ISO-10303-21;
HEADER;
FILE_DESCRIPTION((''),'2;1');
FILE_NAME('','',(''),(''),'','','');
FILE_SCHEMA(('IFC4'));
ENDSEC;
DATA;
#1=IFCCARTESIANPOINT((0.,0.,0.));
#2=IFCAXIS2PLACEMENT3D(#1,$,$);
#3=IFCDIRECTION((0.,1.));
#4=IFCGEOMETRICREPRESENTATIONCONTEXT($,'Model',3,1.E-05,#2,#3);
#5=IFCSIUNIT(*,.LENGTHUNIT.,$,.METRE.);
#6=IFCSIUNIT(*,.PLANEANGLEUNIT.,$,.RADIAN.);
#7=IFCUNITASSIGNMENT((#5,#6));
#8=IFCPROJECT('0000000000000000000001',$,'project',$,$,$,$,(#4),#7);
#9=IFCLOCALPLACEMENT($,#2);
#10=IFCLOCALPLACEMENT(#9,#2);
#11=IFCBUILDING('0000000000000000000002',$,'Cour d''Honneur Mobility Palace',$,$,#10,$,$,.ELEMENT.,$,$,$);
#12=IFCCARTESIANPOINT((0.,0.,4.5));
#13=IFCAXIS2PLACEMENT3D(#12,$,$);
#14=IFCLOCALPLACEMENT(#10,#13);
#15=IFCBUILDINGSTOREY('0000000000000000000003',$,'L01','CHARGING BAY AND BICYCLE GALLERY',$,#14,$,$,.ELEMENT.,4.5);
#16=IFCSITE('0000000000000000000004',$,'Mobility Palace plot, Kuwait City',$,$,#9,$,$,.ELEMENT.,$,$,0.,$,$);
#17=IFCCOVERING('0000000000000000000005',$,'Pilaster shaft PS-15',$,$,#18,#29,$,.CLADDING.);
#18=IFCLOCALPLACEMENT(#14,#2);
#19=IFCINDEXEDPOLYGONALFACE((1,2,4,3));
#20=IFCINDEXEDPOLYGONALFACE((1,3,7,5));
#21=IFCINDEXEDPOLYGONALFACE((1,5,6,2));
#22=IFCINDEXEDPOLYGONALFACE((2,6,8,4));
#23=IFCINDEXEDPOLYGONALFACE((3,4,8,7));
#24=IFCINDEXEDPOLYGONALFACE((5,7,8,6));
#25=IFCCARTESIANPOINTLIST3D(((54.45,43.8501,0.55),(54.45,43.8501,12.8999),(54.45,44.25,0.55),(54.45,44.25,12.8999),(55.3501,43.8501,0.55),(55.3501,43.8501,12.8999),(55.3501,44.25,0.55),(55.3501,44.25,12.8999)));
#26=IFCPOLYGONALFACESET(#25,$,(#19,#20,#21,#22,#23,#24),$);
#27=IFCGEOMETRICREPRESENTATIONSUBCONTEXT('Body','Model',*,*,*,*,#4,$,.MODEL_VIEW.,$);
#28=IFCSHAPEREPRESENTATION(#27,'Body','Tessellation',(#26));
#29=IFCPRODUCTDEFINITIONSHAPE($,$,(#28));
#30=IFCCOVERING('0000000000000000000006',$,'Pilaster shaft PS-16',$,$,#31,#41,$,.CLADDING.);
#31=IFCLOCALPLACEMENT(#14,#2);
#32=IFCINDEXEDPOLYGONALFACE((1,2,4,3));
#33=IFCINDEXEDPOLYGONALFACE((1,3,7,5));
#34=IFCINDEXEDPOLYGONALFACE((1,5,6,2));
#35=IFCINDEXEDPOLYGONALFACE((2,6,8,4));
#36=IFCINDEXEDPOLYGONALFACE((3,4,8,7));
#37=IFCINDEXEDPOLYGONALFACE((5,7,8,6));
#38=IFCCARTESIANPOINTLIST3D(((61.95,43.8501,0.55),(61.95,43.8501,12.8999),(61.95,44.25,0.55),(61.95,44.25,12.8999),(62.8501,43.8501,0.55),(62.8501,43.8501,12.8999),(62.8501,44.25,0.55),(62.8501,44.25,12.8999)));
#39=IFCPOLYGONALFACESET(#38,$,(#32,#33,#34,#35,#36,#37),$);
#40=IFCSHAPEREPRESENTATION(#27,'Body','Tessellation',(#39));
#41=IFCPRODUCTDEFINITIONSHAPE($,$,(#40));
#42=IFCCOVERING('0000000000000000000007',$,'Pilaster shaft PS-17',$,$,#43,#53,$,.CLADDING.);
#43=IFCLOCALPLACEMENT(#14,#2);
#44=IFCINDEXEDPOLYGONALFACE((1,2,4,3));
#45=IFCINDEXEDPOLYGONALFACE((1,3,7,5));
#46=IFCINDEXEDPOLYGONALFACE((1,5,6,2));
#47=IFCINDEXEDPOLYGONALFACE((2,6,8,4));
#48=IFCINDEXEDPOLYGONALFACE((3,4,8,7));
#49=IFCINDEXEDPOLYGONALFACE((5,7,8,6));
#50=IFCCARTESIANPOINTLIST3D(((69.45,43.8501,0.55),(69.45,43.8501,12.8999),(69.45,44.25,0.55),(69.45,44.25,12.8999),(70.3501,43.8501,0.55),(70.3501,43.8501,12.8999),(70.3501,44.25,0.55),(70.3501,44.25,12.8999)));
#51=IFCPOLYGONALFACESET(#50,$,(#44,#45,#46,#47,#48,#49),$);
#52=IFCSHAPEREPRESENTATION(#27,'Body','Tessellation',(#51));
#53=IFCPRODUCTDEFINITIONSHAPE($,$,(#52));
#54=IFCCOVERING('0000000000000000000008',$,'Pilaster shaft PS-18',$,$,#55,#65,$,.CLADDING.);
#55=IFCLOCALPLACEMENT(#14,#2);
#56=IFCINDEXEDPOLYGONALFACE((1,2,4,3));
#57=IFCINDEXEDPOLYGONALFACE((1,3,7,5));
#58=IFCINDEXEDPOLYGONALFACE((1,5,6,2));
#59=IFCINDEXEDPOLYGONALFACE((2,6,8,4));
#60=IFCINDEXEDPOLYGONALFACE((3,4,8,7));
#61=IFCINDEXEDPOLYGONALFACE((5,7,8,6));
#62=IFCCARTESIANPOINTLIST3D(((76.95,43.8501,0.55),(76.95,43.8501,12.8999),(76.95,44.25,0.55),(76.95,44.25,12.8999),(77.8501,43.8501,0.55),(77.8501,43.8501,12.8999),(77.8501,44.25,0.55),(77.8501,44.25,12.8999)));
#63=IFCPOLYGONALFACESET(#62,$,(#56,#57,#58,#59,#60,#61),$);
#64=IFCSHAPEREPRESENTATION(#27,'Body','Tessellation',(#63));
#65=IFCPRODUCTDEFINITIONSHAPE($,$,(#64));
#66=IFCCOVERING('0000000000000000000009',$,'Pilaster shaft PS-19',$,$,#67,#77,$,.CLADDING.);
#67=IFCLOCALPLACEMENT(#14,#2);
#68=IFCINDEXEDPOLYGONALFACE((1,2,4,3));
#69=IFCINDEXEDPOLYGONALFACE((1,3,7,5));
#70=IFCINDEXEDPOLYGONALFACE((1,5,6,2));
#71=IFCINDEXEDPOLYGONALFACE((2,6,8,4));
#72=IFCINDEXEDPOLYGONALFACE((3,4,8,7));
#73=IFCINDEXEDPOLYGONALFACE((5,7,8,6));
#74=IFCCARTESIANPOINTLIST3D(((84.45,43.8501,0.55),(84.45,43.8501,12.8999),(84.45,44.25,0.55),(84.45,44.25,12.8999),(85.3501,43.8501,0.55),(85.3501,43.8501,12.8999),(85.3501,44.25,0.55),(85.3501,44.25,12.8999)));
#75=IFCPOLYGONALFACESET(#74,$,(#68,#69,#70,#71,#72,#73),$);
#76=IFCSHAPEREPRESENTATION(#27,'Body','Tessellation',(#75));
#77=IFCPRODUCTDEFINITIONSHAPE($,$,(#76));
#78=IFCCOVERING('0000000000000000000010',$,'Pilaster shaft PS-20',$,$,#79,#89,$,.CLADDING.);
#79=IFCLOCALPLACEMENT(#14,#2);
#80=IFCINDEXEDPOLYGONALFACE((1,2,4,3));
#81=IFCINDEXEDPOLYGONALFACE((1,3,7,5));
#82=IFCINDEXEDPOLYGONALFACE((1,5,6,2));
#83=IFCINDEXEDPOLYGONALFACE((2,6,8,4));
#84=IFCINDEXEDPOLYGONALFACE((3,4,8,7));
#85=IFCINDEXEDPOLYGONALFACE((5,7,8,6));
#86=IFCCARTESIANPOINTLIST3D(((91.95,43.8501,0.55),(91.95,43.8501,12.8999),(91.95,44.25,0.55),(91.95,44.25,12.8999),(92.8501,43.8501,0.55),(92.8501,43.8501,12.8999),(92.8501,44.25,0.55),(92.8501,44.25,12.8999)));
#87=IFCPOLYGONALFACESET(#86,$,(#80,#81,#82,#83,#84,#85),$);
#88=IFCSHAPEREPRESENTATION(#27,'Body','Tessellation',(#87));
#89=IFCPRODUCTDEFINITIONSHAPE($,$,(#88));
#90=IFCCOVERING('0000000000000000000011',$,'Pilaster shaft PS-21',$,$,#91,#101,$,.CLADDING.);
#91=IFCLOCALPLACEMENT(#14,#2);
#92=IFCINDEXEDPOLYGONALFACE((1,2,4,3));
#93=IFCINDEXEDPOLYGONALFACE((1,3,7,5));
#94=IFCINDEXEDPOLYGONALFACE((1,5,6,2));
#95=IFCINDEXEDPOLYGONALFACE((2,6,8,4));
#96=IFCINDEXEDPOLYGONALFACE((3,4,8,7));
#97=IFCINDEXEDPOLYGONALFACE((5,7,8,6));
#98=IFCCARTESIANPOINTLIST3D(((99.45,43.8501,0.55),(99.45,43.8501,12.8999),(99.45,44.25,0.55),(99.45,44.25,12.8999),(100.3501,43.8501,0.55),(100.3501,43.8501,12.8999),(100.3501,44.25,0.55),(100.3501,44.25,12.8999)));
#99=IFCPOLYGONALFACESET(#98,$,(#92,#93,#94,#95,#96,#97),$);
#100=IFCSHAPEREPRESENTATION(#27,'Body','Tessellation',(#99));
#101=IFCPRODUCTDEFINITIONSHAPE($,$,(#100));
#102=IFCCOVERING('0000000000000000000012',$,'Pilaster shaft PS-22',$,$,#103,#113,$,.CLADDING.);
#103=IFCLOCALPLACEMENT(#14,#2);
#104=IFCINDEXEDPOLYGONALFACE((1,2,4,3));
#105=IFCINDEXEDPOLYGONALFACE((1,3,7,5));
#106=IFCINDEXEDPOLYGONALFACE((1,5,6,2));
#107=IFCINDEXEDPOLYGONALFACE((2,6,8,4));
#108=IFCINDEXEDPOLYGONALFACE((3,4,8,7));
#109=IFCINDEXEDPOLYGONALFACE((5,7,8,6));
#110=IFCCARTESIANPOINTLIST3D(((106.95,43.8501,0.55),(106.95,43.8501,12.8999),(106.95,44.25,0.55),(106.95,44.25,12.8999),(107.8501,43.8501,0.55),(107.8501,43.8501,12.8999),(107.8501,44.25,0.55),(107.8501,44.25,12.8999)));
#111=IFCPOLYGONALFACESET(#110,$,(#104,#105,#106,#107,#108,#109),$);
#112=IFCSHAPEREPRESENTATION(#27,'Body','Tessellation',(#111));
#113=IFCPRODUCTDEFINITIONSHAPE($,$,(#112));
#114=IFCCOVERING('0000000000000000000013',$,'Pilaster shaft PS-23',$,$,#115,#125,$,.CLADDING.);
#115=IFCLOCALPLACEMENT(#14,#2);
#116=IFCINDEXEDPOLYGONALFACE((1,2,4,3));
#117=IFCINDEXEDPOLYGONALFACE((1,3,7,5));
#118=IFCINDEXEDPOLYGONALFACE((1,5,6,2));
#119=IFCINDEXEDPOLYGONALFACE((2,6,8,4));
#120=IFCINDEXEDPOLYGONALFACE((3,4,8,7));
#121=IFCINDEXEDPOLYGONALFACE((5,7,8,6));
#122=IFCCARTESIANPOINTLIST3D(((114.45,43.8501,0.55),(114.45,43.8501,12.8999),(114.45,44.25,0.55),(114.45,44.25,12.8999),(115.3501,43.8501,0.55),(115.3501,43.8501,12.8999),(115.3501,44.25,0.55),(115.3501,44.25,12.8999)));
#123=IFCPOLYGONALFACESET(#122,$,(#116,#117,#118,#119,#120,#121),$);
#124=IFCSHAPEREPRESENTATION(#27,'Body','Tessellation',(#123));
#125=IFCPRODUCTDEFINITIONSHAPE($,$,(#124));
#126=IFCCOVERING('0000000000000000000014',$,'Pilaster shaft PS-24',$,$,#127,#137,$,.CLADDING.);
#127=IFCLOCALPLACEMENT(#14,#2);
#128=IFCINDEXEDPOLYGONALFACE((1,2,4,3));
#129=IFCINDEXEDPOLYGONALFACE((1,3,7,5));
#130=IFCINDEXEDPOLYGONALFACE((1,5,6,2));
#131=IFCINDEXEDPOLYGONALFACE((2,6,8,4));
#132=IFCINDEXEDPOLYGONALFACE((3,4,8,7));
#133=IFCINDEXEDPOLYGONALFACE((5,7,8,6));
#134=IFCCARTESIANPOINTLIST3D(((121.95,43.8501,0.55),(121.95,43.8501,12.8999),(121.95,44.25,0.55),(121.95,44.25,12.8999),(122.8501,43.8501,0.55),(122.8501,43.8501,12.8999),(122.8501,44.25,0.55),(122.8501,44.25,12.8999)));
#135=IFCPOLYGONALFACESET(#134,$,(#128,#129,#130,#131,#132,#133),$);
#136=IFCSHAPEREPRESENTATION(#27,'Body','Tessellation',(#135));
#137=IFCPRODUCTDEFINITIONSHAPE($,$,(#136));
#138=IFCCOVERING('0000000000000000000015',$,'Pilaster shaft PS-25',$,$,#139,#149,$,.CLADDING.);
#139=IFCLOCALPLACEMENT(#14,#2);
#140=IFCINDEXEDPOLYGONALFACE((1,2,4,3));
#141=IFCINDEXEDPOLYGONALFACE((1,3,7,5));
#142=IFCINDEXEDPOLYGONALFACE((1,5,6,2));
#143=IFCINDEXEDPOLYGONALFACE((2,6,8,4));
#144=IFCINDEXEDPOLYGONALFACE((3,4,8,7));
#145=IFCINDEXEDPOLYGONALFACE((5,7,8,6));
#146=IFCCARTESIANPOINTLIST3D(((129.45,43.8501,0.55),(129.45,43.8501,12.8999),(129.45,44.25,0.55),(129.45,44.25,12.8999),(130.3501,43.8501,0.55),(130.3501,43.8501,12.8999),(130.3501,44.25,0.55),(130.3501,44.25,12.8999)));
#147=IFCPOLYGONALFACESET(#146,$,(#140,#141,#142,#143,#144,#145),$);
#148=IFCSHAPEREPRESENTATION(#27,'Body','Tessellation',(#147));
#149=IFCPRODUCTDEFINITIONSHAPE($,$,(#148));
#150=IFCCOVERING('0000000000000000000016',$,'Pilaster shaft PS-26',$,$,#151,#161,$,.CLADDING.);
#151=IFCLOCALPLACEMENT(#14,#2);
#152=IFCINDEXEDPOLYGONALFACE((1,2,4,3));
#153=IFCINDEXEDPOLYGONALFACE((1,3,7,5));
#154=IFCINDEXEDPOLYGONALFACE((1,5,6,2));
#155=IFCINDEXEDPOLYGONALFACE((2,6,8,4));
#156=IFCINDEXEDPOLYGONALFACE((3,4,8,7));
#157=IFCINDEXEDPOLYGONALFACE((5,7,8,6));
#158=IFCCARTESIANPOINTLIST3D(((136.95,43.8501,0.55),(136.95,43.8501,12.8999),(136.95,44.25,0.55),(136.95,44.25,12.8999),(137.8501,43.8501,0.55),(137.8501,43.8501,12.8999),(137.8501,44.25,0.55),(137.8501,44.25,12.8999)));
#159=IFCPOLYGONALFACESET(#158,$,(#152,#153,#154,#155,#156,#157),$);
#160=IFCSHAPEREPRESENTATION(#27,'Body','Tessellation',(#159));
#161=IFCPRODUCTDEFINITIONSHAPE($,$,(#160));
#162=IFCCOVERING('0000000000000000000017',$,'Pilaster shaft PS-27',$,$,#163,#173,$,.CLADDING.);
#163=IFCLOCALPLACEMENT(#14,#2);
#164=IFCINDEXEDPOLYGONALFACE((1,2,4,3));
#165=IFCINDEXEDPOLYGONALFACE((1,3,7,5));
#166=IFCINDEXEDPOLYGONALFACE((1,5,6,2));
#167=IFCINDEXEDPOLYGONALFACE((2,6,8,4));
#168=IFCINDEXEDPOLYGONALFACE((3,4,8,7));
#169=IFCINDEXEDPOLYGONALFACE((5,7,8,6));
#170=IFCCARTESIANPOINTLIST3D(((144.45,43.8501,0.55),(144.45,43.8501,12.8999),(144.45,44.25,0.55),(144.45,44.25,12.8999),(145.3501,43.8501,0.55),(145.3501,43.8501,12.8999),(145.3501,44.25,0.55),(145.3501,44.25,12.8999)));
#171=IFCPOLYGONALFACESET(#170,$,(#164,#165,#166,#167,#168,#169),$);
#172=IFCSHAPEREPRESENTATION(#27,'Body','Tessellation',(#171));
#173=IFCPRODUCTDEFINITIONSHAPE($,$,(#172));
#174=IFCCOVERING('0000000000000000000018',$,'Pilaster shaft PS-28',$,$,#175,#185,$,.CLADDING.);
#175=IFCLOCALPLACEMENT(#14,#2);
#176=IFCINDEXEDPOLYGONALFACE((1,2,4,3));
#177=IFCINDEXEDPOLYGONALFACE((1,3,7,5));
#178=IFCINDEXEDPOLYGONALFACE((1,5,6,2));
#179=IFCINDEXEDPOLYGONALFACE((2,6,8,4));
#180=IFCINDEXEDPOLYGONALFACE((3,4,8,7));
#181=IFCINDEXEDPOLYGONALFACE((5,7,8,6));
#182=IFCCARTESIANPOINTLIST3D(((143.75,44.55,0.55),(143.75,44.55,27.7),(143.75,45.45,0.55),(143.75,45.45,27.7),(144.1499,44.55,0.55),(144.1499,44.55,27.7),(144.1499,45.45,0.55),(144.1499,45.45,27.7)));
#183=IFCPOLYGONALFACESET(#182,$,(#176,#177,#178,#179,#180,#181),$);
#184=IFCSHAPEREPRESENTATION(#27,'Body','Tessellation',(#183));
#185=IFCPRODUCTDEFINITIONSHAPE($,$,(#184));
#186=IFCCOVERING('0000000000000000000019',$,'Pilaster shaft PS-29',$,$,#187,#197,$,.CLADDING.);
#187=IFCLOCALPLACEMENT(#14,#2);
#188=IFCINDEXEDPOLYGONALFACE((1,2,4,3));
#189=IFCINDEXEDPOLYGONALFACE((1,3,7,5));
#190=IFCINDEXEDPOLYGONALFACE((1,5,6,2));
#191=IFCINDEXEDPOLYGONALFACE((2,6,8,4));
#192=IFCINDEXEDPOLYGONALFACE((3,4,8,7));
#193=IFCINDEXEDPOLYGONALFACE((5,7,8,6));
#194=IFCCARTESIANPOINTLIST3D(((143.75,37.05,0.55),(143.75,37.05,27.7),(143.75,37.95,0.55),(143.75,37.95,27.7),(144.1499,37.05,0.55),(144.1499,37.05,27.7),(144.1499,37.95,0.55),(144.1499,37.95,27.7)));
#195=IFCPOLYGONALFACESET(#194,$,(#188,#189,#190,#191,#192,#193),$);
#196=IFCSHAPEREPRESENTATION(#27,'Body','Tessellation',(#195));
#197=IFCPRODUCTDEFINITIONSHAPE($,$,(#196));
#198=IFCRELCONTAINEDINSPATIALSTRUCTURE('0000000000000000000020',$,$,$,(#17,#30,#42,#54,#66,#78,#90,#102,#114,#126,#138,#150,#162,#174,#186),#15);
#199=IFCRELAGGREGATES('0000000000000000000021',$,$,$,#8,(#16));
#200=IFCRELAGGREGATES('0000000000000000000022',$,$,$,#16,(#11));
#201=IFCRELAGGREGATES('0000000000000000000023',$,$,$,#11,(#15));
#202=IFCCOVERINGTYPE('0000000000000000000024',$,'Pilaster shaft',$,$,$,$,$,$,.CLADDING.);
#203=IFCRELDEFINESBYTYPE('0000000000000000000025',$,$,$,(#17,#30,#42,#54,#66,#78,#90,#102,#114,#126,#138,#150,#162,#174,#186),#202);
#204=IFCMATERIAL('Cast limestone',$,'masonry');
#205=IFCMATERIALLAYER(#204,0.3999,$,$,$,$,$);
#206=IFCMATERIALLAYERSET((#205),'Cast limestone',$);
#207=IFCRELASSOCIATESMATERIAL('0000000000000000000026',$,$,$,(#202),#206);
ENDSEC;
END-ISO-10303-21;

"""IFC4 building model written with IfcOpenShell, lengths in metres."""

from ifc_helpers import new_model, si_unit, direction, frame, origin, place, context, subcontext, project, spatial, polyline, outline, extrude, material, layer, layer_set, type_object, element, save


model = new_model("IFC4")

# Units and contexts
model_context = context("Model", 3, precision=1e-05, world=origin(), true_north=direction((0.0, 1.0)))
body_context = subcontext(model_context, "Body", "Model", "MODEL_VIEW")
ifc_project = project(units=[si_unit("LENGTHUNIT", "METRE"), si_unit("PLANEANGLEUNIT", "RADIAN")], contexts=[model_context])

# Site, building, storey
site_placement = place(None, origin())
site = spatial("IfcSite", under=ifc_project, at=site_placement, Name="Mobility Palace plot, Kuwait City", CompositionType="ELEMENT", RefElevation=0.0)
building_placement = place(site_placement, origin())
building = spatial("IfcBuilding", under=site, at=building_placement, Name="Cour d'Honneur Mobility Palace", CompositionType="ELEMENT")
storey_placement = place(building_placement, frame((0.0, 0.0, 4.5)))
storey = spatial("IfcBuildingStorey", under=building, at=storey_placement, Name="L01", Description="CHARGING BAY AND BICYCLE GALLERY", CompositionType="ELEMENT", Elevation=4.5)

# Coverings
ifc_material = material(Name="Cast limestone", Category="masonry")
ifc_layer = layer(ifc_material, 0.3999)
ifc_layer_set = layer_set([ifc_layer], Name="Cast limestone")
covering_type = type_object("IfcCoveringType", Name="Pilaster shaft", PredefinedType="CLADDING", material=ifc_layer_set)
covering_1_placement = place(storey_placement, frame((0.0, 0.0, 0.55)))
element("IfcCovering", 1, at=covering_1_placement, inside=storey, type_object=covering_type, Name="Pilaster shaft PS-15", PredefinedType="CLADDING", context=body_context, shape_type="SweptSolid", body=[
    extrude(outline(polyline([(54.45, 44.25), (55.3501, 44.25), (55.3501, 43.8501), (54.45, 43.8501), (54.45, 44.25)])), origin(), (0.0, 0.0, 1.0), 12.3499),
])
covering_2_placement = place(storey_placement, frame((0.0, 0.0, 0.55)))
element("IfcCovering", 2, at=covering_2_placement, inside=storey, type_object=covering_type, Name="Pilaster shaft PS-16", PredefinedType="CLADDING", context=body_context, shape_type="SweptSolid", body=[
    extrude(outline(polyline([(61.95, 44.25), (62.8501, 44.25), (62.8501, 43.8501), (61.95, 43.8501), (61.95, 44.25)])), origin(), (0.0, 0.0, 1.0), 12.3499),
])
covering_3_placement = place(storey_placement, frame((0.0, 0.0, 0.55)))
element("IfcCovering", 3, at=covering_3_placement, inside=storey, type_object=covering_type, Name="Pilaster shaft PS-17", PredefinedType="CLADDING", context=body_context, shape_type="SweptSolid", body=[
    extrude(outline(polyline([(69.45, 44.25), (70.3501, 44.25), (70.3501, 43.8501), (69.45, 43.8501), (69.45, 44.25)])), origin(), (0.0, 0.0, 1.0), 12.3499),
])
covering_4_placement = place(storey_placement, frame((0.0, 0.0, 0.55)))
element("IfcCovering", 4, at=covering_4_placement, inside=storey, type_object=covering_type, Name="Pilaster shaft PS-18", PredefinedType="CLADDING", context=body_context, shape_type="SweptSolid", body=[
    extrude(outline(polyline([(76.95, 44.25), (77.8501, 44.25), (77.8501, 43.8501), (76.95, 43.8501), (76.95, 44.25)])), origin(), (0.0, 0.0, 1.0), 12.3499),
])
covering_5_placement = place(storey_placement, frame((0.0, 0.0, 0.55)))
element("IfcCovering", 5, at=covering_5_placement, inside=storey, type_object=covering_type, Name="Pilaster shaft PS-19", PredefinedType="CLADDING", context=body_context, shape_type="SweptSolid", body=[
    extrude(outline(polyline([(84.45, 44.25), (85.3501, 44.25), (85.3501, 43.8501), (84.45, 43.8501), (84.45, 44.25)])), origin(), (0.0, 0.0, 1.0), 12.3499),
])
covering_6_placement = place(storey_placement, frame((0.0, 0.0, 0.55)))
element("IfcCovering", 6, at=covering_6_placement, inside=storey, type_object=covering_type, Name="Pilaster shaft PS-20", PredefinedType="CLADDING", context=body_context, shape_type="SweptSolid", body=[
    extrude(outline(polyline([(91.95, 44.25), (92.8501, 44.25), (92.8501, 43.8501), (91.95, 43.8501), (91.95, 44.25)])), origin(), (0.0, 0.0, 1.0), 12.3499),
])
covering_7_placement = place(storey_placement, frame((0.0, 0.0, 0.55)))
element("IfcCovering", 7, at=covering_7_placement, inside=storey, type_object=covering_type, Name="Pilaster shaft PS-21", PredefinedType="CLADDING", context=body_context, shape_type="SweptSolid", body=[
    extrude(outline(polyline([(99.45, 44.25), (100.3501, 44.25), (100.3501, 43.8501), (99.45, 43.8501), (99.45, 44.25)])), origin(), (0.0, 0.0, 1.0), 12.3499),
])
covering_8_placement = place(storey_placement, frame((0.0, 0.0, 0.55)))
element("IfcCovering", 8, at=covering_8_placement, inside=storey, type_object=covering_type, Name="Pilaster shaft PS-22", PredefinedType="CLADDING", context=body_context, shape_type="SweptSolid", body=[
    extrude(outline(polyline([(106.95, 44.25), (107.8501, 44.25), (107.8501, 43.8501), (106.95, 43.8501), (106.95, 44.25)])), origin(), (0.0, 0.0, 1.0), 12.3499),
])
covering_9_placement = place(storey_placement, frame((0.0, 0.0, 0.55)))
element("IfcCovering", 9, at=covering_9_placement, inside=storey, type_object=covering_type, Name="Pilaster shaft PS-23", PredefinedType="CLADDING", context=body_context, shape_type="SweptSolid", body=[
    extrude(outline(polyline([(114.45, 44.25), (115.3501, 44.25), (115.3501, 43.8501), (114.45, 43.8501), (114.45, 44.25)])), origin(), (0.0, 0.0, 1.0), 12.3499),
])
covering_10_placement = place(storey_placement, frame((0.0, 0.0, 0.55)))
element("IfcCovering", 10, at=covering_10_placement, inside=storey, type_object=covering_type, Name="Pilaster shaft PS-24", PredefinedType="CLADDING", context=body_context, shape_type="SweptSolid", body=[
    extrude(outline(polyline([(121.95, 44.25), (122.8501, 44.25), (122.8501, 43.8501), (121.95, 43.8501), (121.95, 44.25)])), origin(), (0.0, 0.0, 1.0), 12.3499),
])
covering_11_placement = place(storey_placement, frame((0.0, 0.0, 0.55)))
element("IfcCovering", 11, at=covering_11_placement, inside=storey, type_object=covering_type, Name="Pilaster shaft PS-25", PredefinedType="CLADDING", context=body_context, shape_type="SweptSolid", body=[
    extrude(outline(polyline([(129.45, 44.25), (130.3501, 44.25), (130.3501, 43.8501), (129.45, 43.8501), (129.45, 44.25)])), origin(), (0.0, 0.0, 1.0), 12.3499),
])
covering_12_placement = place(storey_placement, frame((0.0, 0.0, 0.55)))
element("IfcCovering", 12, at=covering_12_placement, inside=storey, type_object=covering_type, Name="Pilaster shaft PS-26", PredefinedType="CLADDING", context=body_context, shape_type="SweptSolid", body=[
    extrude(outline(polyline([(136.95, 44.25), (137.8501, 44.25), (137.8501, 43.8501), (136.95, 43.8501), (136.95, 44.25)])), origin(), (0.0, 0.0, 1.0), 12.3499),
])
covering_13_placement = place(storey_placement, frame((0.0, 0.0, 0.55)))
element("IfcCovering", 13, at=covering_13_placement, inside=storey, type_object=covering_type, Name="Pilaster shaft PS-27", PredefinedType="CLADDING", context=body_context, shape_type="SweptSolid", body=[
    extrude(outline(polyline([(144.45, 44.25), (145.3501, 44.25), (145.3501, 43.8501), (144.45, 43.8501), (144.45, 44.25)])), origin(), (0.0, 0.0, 1.0), 12.3499),
])
covering_14_placement = place(storey_placement, frame((0.0, 0.0, 0.55)))
element("IfcCovering", 14, at=covering_14_placement, inside=storey, type_object=covering_type, Name="Pilaster shaft PS-28", PredefinedType="CLADDING", context=body_context, shape_type="SweptSolid", body=[
    extrude(outline(polyline([(144.1499, 45.45), (144.1499, 44.55), (143.75, 44.55), (143.75, 45.45), (144.1499, 45.45)])), origin(), (0.0, 0.0, 1.0), 27.1499),
])
covering_15_placement = place(storey_placement, frame((0.0, 0.0, 0.55)))
element("IfcCovering", 15, at=covering_15_placement, inside=storey, type_object=covering_type, Name="Pilaster shaft PS-29", PredefinedType="CLADDING", context=body_context, shape_type="SweptSolid", body=[
    extrude(outline(polyline([(144.1499, 37.95), (144.1499, 37.05), (143.75, 37.05), (143.75, 37.95), (144.1499, 37.95)])), origin(), (0.0, 0.0, 1.0), 27.1499),
])

save(model, "model.ifc")
